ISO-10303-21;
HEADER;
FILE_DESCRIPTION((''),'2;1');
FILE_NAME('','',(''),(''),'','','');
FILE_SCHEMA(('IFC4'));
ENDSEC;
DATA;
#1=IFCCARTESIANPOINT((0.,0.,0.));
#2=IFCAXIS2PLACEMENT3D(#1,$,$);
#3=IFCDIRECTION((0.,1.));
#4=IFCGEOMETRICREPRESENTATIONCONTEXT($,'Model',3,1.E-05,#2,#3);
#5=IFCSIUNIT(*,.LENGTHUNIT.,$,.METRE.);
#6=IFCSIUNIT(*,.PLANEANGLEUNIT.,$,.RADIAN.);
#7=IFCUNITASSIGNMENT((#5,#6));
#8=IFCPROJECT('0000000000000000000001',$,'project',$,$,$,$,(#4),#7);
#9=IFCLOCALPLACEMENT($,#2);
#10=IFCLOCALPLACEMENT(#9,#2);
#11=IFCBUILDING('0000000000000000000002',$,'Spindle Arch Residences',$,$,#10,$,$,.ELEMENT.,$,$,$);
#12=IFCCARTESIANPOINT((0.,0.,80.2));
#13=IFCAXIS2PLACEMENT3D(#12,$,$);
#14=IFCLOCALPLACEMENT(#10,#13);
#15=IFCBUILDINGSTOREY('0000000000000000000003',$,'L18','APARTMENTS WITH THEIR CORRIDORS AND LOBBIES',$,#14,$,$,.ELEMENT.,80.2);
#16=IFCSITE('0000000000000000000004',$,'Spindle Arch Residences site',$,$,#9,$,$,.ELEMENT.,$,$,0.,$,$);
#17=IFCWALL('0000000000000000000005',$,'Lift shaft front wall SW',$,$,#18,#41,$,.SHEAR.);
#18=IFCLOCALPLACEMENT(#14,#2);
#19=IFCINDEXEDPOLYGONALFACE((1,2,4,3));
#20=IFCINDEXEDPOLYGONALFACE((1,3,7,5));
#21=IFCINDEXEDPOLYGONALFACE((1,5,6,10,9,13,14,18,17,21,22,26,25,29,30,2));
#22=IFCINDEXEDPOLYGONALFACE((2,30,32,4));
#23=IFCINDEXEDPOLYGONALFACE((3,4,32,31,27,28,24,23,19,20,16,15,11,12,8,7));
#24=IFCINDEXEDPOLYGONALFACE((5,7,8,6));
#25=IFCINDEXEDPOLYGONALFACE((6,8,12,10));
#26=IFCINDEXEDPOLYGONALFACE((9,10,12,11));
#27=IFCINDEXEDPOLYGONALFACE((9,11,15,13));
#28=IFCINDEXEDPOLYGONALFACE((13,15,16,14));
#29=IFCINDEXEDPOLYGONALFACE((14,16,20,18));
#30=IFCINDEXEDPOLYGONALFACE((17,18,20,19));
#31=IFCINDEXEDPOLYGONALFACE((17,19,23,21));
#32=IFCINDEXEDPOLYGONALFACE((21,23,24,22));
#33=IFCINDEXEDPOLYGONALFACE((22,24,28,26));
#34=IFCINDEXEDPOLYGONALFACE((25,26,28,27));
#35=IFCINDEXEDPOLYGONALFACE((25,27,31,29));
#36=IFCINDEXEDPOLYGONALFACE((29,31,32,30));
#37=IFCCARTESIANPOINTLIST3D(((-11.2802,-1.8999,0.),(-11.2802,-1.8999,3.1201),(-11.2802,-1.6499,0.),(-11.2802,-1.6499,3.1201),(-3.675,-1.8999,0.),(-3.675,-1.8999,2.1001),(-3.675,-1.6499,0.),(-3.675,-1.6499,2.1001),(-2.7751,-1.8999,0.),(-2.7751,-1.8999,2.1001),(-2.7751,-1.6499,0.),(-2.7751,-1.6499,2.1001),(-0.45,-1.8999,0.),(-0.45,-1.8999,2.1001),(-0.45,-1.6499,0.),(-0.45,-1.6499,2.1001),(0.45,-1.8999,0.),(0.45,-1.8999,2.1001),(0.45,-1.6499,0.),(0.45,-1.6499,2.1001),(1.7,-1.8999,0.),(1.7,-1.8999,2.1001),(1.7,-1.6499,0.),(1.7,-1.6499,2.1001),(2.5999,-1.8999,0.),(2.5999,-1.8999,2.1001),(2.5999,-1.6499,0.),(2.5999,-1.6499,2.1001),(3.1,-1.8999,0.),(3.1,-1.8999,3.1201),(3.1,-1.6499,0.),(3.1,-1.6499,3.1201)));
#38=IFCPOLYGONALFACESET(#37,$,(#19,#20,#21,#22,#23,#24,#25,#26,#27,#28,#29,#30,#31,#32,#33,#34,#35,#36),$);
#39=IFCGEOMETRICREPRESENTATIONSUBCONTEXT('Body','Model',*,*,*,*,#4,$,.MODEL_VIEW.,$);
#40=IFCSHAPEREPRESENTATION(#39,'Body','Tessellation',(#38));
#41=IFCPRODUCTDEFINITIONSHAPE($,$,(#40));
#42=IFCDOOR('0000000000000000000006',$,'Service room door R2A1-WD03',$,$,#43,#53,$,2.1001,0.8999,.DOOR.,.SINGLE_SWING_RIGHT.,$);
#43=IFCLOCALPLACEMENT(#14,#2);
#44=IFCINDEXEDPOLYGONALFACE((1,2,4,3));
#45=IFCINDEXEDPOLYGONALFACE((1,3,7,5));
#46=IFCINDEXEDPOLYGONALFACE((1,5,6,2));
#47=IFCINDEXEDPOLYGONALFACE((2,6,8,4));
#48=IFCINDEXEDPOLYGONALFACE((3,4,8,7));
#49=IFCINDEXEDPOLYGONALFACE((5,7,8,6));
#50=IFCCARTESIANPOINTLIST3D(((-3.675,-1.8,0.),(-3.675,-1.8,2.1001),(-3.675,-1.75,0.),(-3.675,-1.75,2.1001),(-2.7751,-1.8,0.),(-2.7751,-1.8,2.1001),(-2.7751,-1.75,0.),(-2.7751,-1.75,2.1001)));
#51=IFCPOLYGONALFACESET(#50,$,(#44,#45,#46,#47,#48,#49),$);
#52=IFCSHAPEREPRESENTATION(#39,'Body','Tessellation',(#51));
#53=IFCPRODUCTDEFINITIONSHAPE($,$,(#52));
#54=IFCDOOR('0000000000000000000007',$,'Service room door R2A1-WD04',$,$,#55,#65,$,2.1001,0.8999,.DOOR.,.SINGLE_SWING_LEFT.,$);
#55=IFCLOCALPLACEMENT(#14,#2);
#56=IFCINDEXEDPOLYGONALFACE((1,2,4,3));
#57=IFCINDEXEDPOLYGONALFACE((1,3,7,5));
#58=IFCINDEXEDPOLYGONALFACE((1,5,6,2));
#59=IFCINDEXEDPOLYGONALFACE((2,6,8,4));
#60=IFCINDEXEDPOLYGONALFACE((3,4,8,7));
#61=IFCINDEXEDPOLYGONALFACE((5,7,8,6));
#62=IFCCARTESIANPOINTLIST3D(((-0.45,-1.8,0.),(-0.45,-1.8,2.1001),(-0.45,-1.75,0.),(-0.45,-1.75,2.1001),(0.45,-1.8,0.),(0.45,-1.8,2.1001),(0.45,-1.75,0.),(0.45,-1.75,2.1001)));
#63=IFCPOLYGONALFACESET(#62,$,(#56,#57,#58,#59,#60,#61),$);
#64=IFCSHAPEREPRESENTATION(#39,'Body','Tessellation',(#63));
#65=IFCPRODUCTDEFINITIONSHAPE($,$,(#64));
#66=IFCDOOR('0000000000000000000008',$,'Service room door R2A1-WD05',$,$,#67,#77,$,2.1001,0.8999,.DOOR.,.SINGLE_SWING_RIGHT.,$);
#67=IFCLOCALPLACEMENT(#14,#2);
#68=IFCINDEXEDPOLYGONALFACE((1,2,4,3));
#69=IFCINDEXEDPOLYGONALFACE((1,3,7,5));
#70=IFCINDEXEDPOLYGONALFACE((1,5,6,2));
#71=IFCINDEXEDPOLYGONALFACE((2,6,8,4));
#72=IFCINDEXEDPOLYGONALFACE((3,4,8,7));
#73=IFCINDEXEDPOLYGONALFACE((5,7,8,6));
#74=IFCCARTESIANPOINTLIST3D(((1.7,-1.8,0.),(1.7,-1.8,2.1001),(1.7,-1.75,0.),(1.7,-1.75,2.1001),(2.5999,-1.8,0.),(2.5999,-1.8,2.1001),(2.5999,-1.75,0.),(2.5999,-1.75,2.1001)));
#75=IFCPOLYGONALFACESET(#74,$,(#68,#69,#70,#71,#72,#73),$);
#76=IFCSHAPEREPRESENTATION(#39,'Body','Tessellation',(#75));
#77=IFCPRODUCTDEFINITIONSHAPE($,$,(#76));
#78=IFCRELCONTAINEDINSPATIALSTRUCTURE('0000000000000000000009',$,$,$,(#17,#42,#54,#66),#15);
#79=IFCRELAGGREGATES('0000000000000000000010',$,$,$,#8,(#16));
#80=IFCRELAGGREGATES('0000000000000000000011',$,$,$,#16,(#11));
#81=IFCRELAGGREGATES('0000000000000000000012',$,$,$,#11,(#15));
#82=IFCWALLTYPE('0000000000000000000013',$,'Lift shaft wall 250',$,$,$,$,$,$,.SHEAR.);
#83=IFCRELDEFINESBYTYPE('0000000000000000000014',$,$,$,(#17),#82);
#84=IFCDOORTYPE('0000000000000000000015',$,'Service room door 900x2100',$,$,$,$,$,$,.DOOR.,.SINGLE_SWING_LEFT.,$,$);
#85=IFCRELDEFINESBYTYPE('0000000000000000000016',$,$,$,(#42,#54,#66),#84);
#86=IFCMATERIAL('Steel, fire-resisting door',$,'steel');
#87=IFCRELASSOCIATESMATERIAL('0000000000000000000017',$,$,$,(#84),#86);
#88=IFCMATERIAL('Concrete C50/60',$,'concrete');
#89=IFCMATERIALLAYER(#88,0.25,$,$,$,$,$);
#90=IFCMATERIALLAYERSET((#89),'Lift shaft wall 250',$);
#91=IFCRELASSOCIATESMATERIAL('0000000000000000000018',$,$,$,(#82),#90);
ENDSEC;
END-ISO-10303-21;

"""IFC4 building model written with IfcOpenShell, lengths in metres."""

from ifc_helpers import new_model, si_unit, direction, frame, frame_2d, origin, place, context, subcontext, project, spatial, rectangle, extrude, material, layer, layer_set, type_object, element, fill, save


model = new_model("IFC4")

# Units and contexts
model_context = context("Model", 3, precision=1e-05, world=origin(), true_north=direction((0.0, 1.0)))
body_context = subcontext(model_context, "Body", "Model", "MODEL_VIEW")
ifc_project = project(units=[si_unit("LENGTHUNIT", "METRE"), si_unit("PLANEANGLEUNIT", "RADIAN")], contexts=[model_context])

# Site, building, storey
site_placement = place(None, origin())
site = spatial("IfcSite", under=ifc_project, at=site_placement, Name="Spindle Arch Residences site", CompositionType="ELEMENT", RefElevation=0.0)
building_placement = place(site_placement, origin())
building = spatial("IfcBuilding", under=site, at=building_placement, Name="Spindle Arch Residences", CompositionType="ELEMENT")
storey_placement = place(building_placement, frame((0.0, 0.0, 80.2)))
storey = spatial("IfcBuildingStorey", under=building, at=storey_placement, Name="L18", Description="APARTMENTS WITH THEIR CORRIDORS AND LOBBIES", CompositionType="ELEMENT", Elevation=80.2)

# Shared definitions
ifc_material_1 = material(Name="Steel, fire-resisting door", Category="steel")
door_type_1 = type_object("IfcDoorType", Name="Service room door 900x2100", OperationType="SINGLE_SWING_LEFT", PredefinedType="DOOR", material=ifc_material_1)

# Wall, openings, doors
ifc_material_2 = material(Name="Concrete C50/60", Category="concrete")
ifc_layer_1 = layer(ifc_material_2, 0.25)
ifc_layer_set_1 = layer_set([ifc_layer_1], Name="Lift shaft wall 250")
wall_type_1 = type_object("IfcWallType", Name="Lift shaft wall 250", PredefinedType="SHEAR", material=ifc_layer_set_1)
wall_1_placement = place(storey_placement, frame((-11.28, -1.7749, 0.0), z_axis=(0.0, 0.0, 1.0), x_axis=(1.0, 0.0, 0.0)))
wall_1 = element("IfcWall", 1, at=wall_1_placement, inside=storey, type_object=wall_type_1, Name="Lift shaft front wall SW", PredefinedType="SHEAR", context=body_context, shape_type="SweptSolid", body=[
    extrude(rectangle(XDim=14.3801, YDim=0.25, at=frame_2d((7.1899, 0.0))), origin(), (0.0, 0.0, 1.0), 3.1201),
])
opening_1_placement = place(wall_1_placement, frame((7.605, 0.0, 0.0)))
opening_1 = element("IfcOpeningElement", 2, at=opening_1_placement, cuts=wall_1, PredefinedType="OPENING", context=body_context, shape_type="SweptSolid", body=[
    extrude(rectangle(XDim=0.8999, YDim=2.1001, at=frame_2d((0.45, 1.05))), frame((0.0, 0.135, 0.0), z_axis=(0.0, -1.0, 0.0), x_axis=(1.0, 0.0, 0.0)), (0.0, 0.0, 1.0), 0.27),
])
opening_2_placement = place(wall_1_placement, frame((10.8301, 0.0, 0.0)))
opening_2 = element("IfcOpeningElement", 3, at=opening_2_placement, cuts=wall_1, PredefinedType="OPENING", context=body_context, shape_type="SweptSolid", body=[
    extrude(rectangle(XDim=0.8999, YDim=2.1001, at=frame_2d((0.45, 1.05))), frame((0.0, 0.135, 0.0), z_axis=(0.0, -1.0, 0.0), x_axis=(1.0, 0.0, 0.0)), (0.0, 0.0, 1.0), 0.27),
])
opening_3_placement = place(wall_1_placement, frame((12.98, 0.0, 0.0)))
opening_3 = element("IfcOpeningElement", 4, at=opening_3_placement, cuts=wall_1, PredefinedType="OPENING", context=body_context, shape_type="SweptSolid", body=[
    extrude(rectangle(XDim=0.8999, YDim=2.1001, at=frame_2d((0.45, 1.05))), frame((0.0, 0.135, 0.0), z_axis=(0.0, -1.0, 0.0), x_axis=(1.0, 0.0, 0.0)), (0.0, 0.0, 1.0), 0.27),
])
door_1_placement = place(opening_1_placement, origin())
door_1 = element("IfcDoor", 5, at=door_1_placement, inside=storey, type_object=door_type_1, Name="Service room door R2A1-WD03", OperationType="SINGLE_SWING_RIGHT", OverallHeight=2.1001, OverallWidth=0.8999, PredefinedType="DOOR", context=body_context, shape_type="SweptSolid", body=[
    extrude(rectangle(XDim=0.8999, YDim=2.1001, at=frame_2d((0.45, 1.05))), frame((0.0, 0.0249, 0.0), z_axis=(0.0, -1.0, 0.0), x_axis=(1.0, 0.0, 0.0)), (0.0, 0.0, 1.0), 0.05),
])
fill(opening_1, door_1)
door_2_placement = place(opening_2_placement, origin())
door_2 = element("IfcDoor", 6, at=door_2_placement, inside=storey, type_object=door_type_1, Name="Service room door R2A1-WD04", OperationType="SINGLE_SWING_LEFT", OverallHeight=2.1001, OverallWidth=0.8999, PredefinedType="DOOR", context=body_context, shape_type="SweptSolid", body=[
    extrude(rectangle(XDim=0.8999, YDim=2.1001, at=frame_2d((0.45, 1.05))), frame((0.0, 0.0249, 0.0), z_axis=(0.0, -1.0, 0.0), x_axis=(1.0, 0.0, 0.0)), (0.0, 0.0, 1.0), 0.05),
])
fill(opening_2, door_2)
door_3_placement = place(opening_3_placement, origin())
door_3 = element("IfcDoor", 7, at=door_3_placement, inside=storey, type_object=door_type_1, Name="Service room door R2A1-WD05", OperationType="SINGLE_SWING_RIGHT", OverallHeight=2.1001, OverallWidth=0.8999, PredefinedType="DOOR", context=body_context, shape_type="SweptSolid", body=[
    extrude(rectangle(XDim=0.8999, YDim=2.1001, at=frame_2d((0.45, 1.05))), frame((0.0, 0.0249, 0.0), z_axis=(0.0, -1.0, 0.0), x_axis=(1.0, 0.0, 0.0)), (0.0, 0.0, 1.0), 0.05),
])
fill(opening_3, door_3)

save(model, "model.ifc")
